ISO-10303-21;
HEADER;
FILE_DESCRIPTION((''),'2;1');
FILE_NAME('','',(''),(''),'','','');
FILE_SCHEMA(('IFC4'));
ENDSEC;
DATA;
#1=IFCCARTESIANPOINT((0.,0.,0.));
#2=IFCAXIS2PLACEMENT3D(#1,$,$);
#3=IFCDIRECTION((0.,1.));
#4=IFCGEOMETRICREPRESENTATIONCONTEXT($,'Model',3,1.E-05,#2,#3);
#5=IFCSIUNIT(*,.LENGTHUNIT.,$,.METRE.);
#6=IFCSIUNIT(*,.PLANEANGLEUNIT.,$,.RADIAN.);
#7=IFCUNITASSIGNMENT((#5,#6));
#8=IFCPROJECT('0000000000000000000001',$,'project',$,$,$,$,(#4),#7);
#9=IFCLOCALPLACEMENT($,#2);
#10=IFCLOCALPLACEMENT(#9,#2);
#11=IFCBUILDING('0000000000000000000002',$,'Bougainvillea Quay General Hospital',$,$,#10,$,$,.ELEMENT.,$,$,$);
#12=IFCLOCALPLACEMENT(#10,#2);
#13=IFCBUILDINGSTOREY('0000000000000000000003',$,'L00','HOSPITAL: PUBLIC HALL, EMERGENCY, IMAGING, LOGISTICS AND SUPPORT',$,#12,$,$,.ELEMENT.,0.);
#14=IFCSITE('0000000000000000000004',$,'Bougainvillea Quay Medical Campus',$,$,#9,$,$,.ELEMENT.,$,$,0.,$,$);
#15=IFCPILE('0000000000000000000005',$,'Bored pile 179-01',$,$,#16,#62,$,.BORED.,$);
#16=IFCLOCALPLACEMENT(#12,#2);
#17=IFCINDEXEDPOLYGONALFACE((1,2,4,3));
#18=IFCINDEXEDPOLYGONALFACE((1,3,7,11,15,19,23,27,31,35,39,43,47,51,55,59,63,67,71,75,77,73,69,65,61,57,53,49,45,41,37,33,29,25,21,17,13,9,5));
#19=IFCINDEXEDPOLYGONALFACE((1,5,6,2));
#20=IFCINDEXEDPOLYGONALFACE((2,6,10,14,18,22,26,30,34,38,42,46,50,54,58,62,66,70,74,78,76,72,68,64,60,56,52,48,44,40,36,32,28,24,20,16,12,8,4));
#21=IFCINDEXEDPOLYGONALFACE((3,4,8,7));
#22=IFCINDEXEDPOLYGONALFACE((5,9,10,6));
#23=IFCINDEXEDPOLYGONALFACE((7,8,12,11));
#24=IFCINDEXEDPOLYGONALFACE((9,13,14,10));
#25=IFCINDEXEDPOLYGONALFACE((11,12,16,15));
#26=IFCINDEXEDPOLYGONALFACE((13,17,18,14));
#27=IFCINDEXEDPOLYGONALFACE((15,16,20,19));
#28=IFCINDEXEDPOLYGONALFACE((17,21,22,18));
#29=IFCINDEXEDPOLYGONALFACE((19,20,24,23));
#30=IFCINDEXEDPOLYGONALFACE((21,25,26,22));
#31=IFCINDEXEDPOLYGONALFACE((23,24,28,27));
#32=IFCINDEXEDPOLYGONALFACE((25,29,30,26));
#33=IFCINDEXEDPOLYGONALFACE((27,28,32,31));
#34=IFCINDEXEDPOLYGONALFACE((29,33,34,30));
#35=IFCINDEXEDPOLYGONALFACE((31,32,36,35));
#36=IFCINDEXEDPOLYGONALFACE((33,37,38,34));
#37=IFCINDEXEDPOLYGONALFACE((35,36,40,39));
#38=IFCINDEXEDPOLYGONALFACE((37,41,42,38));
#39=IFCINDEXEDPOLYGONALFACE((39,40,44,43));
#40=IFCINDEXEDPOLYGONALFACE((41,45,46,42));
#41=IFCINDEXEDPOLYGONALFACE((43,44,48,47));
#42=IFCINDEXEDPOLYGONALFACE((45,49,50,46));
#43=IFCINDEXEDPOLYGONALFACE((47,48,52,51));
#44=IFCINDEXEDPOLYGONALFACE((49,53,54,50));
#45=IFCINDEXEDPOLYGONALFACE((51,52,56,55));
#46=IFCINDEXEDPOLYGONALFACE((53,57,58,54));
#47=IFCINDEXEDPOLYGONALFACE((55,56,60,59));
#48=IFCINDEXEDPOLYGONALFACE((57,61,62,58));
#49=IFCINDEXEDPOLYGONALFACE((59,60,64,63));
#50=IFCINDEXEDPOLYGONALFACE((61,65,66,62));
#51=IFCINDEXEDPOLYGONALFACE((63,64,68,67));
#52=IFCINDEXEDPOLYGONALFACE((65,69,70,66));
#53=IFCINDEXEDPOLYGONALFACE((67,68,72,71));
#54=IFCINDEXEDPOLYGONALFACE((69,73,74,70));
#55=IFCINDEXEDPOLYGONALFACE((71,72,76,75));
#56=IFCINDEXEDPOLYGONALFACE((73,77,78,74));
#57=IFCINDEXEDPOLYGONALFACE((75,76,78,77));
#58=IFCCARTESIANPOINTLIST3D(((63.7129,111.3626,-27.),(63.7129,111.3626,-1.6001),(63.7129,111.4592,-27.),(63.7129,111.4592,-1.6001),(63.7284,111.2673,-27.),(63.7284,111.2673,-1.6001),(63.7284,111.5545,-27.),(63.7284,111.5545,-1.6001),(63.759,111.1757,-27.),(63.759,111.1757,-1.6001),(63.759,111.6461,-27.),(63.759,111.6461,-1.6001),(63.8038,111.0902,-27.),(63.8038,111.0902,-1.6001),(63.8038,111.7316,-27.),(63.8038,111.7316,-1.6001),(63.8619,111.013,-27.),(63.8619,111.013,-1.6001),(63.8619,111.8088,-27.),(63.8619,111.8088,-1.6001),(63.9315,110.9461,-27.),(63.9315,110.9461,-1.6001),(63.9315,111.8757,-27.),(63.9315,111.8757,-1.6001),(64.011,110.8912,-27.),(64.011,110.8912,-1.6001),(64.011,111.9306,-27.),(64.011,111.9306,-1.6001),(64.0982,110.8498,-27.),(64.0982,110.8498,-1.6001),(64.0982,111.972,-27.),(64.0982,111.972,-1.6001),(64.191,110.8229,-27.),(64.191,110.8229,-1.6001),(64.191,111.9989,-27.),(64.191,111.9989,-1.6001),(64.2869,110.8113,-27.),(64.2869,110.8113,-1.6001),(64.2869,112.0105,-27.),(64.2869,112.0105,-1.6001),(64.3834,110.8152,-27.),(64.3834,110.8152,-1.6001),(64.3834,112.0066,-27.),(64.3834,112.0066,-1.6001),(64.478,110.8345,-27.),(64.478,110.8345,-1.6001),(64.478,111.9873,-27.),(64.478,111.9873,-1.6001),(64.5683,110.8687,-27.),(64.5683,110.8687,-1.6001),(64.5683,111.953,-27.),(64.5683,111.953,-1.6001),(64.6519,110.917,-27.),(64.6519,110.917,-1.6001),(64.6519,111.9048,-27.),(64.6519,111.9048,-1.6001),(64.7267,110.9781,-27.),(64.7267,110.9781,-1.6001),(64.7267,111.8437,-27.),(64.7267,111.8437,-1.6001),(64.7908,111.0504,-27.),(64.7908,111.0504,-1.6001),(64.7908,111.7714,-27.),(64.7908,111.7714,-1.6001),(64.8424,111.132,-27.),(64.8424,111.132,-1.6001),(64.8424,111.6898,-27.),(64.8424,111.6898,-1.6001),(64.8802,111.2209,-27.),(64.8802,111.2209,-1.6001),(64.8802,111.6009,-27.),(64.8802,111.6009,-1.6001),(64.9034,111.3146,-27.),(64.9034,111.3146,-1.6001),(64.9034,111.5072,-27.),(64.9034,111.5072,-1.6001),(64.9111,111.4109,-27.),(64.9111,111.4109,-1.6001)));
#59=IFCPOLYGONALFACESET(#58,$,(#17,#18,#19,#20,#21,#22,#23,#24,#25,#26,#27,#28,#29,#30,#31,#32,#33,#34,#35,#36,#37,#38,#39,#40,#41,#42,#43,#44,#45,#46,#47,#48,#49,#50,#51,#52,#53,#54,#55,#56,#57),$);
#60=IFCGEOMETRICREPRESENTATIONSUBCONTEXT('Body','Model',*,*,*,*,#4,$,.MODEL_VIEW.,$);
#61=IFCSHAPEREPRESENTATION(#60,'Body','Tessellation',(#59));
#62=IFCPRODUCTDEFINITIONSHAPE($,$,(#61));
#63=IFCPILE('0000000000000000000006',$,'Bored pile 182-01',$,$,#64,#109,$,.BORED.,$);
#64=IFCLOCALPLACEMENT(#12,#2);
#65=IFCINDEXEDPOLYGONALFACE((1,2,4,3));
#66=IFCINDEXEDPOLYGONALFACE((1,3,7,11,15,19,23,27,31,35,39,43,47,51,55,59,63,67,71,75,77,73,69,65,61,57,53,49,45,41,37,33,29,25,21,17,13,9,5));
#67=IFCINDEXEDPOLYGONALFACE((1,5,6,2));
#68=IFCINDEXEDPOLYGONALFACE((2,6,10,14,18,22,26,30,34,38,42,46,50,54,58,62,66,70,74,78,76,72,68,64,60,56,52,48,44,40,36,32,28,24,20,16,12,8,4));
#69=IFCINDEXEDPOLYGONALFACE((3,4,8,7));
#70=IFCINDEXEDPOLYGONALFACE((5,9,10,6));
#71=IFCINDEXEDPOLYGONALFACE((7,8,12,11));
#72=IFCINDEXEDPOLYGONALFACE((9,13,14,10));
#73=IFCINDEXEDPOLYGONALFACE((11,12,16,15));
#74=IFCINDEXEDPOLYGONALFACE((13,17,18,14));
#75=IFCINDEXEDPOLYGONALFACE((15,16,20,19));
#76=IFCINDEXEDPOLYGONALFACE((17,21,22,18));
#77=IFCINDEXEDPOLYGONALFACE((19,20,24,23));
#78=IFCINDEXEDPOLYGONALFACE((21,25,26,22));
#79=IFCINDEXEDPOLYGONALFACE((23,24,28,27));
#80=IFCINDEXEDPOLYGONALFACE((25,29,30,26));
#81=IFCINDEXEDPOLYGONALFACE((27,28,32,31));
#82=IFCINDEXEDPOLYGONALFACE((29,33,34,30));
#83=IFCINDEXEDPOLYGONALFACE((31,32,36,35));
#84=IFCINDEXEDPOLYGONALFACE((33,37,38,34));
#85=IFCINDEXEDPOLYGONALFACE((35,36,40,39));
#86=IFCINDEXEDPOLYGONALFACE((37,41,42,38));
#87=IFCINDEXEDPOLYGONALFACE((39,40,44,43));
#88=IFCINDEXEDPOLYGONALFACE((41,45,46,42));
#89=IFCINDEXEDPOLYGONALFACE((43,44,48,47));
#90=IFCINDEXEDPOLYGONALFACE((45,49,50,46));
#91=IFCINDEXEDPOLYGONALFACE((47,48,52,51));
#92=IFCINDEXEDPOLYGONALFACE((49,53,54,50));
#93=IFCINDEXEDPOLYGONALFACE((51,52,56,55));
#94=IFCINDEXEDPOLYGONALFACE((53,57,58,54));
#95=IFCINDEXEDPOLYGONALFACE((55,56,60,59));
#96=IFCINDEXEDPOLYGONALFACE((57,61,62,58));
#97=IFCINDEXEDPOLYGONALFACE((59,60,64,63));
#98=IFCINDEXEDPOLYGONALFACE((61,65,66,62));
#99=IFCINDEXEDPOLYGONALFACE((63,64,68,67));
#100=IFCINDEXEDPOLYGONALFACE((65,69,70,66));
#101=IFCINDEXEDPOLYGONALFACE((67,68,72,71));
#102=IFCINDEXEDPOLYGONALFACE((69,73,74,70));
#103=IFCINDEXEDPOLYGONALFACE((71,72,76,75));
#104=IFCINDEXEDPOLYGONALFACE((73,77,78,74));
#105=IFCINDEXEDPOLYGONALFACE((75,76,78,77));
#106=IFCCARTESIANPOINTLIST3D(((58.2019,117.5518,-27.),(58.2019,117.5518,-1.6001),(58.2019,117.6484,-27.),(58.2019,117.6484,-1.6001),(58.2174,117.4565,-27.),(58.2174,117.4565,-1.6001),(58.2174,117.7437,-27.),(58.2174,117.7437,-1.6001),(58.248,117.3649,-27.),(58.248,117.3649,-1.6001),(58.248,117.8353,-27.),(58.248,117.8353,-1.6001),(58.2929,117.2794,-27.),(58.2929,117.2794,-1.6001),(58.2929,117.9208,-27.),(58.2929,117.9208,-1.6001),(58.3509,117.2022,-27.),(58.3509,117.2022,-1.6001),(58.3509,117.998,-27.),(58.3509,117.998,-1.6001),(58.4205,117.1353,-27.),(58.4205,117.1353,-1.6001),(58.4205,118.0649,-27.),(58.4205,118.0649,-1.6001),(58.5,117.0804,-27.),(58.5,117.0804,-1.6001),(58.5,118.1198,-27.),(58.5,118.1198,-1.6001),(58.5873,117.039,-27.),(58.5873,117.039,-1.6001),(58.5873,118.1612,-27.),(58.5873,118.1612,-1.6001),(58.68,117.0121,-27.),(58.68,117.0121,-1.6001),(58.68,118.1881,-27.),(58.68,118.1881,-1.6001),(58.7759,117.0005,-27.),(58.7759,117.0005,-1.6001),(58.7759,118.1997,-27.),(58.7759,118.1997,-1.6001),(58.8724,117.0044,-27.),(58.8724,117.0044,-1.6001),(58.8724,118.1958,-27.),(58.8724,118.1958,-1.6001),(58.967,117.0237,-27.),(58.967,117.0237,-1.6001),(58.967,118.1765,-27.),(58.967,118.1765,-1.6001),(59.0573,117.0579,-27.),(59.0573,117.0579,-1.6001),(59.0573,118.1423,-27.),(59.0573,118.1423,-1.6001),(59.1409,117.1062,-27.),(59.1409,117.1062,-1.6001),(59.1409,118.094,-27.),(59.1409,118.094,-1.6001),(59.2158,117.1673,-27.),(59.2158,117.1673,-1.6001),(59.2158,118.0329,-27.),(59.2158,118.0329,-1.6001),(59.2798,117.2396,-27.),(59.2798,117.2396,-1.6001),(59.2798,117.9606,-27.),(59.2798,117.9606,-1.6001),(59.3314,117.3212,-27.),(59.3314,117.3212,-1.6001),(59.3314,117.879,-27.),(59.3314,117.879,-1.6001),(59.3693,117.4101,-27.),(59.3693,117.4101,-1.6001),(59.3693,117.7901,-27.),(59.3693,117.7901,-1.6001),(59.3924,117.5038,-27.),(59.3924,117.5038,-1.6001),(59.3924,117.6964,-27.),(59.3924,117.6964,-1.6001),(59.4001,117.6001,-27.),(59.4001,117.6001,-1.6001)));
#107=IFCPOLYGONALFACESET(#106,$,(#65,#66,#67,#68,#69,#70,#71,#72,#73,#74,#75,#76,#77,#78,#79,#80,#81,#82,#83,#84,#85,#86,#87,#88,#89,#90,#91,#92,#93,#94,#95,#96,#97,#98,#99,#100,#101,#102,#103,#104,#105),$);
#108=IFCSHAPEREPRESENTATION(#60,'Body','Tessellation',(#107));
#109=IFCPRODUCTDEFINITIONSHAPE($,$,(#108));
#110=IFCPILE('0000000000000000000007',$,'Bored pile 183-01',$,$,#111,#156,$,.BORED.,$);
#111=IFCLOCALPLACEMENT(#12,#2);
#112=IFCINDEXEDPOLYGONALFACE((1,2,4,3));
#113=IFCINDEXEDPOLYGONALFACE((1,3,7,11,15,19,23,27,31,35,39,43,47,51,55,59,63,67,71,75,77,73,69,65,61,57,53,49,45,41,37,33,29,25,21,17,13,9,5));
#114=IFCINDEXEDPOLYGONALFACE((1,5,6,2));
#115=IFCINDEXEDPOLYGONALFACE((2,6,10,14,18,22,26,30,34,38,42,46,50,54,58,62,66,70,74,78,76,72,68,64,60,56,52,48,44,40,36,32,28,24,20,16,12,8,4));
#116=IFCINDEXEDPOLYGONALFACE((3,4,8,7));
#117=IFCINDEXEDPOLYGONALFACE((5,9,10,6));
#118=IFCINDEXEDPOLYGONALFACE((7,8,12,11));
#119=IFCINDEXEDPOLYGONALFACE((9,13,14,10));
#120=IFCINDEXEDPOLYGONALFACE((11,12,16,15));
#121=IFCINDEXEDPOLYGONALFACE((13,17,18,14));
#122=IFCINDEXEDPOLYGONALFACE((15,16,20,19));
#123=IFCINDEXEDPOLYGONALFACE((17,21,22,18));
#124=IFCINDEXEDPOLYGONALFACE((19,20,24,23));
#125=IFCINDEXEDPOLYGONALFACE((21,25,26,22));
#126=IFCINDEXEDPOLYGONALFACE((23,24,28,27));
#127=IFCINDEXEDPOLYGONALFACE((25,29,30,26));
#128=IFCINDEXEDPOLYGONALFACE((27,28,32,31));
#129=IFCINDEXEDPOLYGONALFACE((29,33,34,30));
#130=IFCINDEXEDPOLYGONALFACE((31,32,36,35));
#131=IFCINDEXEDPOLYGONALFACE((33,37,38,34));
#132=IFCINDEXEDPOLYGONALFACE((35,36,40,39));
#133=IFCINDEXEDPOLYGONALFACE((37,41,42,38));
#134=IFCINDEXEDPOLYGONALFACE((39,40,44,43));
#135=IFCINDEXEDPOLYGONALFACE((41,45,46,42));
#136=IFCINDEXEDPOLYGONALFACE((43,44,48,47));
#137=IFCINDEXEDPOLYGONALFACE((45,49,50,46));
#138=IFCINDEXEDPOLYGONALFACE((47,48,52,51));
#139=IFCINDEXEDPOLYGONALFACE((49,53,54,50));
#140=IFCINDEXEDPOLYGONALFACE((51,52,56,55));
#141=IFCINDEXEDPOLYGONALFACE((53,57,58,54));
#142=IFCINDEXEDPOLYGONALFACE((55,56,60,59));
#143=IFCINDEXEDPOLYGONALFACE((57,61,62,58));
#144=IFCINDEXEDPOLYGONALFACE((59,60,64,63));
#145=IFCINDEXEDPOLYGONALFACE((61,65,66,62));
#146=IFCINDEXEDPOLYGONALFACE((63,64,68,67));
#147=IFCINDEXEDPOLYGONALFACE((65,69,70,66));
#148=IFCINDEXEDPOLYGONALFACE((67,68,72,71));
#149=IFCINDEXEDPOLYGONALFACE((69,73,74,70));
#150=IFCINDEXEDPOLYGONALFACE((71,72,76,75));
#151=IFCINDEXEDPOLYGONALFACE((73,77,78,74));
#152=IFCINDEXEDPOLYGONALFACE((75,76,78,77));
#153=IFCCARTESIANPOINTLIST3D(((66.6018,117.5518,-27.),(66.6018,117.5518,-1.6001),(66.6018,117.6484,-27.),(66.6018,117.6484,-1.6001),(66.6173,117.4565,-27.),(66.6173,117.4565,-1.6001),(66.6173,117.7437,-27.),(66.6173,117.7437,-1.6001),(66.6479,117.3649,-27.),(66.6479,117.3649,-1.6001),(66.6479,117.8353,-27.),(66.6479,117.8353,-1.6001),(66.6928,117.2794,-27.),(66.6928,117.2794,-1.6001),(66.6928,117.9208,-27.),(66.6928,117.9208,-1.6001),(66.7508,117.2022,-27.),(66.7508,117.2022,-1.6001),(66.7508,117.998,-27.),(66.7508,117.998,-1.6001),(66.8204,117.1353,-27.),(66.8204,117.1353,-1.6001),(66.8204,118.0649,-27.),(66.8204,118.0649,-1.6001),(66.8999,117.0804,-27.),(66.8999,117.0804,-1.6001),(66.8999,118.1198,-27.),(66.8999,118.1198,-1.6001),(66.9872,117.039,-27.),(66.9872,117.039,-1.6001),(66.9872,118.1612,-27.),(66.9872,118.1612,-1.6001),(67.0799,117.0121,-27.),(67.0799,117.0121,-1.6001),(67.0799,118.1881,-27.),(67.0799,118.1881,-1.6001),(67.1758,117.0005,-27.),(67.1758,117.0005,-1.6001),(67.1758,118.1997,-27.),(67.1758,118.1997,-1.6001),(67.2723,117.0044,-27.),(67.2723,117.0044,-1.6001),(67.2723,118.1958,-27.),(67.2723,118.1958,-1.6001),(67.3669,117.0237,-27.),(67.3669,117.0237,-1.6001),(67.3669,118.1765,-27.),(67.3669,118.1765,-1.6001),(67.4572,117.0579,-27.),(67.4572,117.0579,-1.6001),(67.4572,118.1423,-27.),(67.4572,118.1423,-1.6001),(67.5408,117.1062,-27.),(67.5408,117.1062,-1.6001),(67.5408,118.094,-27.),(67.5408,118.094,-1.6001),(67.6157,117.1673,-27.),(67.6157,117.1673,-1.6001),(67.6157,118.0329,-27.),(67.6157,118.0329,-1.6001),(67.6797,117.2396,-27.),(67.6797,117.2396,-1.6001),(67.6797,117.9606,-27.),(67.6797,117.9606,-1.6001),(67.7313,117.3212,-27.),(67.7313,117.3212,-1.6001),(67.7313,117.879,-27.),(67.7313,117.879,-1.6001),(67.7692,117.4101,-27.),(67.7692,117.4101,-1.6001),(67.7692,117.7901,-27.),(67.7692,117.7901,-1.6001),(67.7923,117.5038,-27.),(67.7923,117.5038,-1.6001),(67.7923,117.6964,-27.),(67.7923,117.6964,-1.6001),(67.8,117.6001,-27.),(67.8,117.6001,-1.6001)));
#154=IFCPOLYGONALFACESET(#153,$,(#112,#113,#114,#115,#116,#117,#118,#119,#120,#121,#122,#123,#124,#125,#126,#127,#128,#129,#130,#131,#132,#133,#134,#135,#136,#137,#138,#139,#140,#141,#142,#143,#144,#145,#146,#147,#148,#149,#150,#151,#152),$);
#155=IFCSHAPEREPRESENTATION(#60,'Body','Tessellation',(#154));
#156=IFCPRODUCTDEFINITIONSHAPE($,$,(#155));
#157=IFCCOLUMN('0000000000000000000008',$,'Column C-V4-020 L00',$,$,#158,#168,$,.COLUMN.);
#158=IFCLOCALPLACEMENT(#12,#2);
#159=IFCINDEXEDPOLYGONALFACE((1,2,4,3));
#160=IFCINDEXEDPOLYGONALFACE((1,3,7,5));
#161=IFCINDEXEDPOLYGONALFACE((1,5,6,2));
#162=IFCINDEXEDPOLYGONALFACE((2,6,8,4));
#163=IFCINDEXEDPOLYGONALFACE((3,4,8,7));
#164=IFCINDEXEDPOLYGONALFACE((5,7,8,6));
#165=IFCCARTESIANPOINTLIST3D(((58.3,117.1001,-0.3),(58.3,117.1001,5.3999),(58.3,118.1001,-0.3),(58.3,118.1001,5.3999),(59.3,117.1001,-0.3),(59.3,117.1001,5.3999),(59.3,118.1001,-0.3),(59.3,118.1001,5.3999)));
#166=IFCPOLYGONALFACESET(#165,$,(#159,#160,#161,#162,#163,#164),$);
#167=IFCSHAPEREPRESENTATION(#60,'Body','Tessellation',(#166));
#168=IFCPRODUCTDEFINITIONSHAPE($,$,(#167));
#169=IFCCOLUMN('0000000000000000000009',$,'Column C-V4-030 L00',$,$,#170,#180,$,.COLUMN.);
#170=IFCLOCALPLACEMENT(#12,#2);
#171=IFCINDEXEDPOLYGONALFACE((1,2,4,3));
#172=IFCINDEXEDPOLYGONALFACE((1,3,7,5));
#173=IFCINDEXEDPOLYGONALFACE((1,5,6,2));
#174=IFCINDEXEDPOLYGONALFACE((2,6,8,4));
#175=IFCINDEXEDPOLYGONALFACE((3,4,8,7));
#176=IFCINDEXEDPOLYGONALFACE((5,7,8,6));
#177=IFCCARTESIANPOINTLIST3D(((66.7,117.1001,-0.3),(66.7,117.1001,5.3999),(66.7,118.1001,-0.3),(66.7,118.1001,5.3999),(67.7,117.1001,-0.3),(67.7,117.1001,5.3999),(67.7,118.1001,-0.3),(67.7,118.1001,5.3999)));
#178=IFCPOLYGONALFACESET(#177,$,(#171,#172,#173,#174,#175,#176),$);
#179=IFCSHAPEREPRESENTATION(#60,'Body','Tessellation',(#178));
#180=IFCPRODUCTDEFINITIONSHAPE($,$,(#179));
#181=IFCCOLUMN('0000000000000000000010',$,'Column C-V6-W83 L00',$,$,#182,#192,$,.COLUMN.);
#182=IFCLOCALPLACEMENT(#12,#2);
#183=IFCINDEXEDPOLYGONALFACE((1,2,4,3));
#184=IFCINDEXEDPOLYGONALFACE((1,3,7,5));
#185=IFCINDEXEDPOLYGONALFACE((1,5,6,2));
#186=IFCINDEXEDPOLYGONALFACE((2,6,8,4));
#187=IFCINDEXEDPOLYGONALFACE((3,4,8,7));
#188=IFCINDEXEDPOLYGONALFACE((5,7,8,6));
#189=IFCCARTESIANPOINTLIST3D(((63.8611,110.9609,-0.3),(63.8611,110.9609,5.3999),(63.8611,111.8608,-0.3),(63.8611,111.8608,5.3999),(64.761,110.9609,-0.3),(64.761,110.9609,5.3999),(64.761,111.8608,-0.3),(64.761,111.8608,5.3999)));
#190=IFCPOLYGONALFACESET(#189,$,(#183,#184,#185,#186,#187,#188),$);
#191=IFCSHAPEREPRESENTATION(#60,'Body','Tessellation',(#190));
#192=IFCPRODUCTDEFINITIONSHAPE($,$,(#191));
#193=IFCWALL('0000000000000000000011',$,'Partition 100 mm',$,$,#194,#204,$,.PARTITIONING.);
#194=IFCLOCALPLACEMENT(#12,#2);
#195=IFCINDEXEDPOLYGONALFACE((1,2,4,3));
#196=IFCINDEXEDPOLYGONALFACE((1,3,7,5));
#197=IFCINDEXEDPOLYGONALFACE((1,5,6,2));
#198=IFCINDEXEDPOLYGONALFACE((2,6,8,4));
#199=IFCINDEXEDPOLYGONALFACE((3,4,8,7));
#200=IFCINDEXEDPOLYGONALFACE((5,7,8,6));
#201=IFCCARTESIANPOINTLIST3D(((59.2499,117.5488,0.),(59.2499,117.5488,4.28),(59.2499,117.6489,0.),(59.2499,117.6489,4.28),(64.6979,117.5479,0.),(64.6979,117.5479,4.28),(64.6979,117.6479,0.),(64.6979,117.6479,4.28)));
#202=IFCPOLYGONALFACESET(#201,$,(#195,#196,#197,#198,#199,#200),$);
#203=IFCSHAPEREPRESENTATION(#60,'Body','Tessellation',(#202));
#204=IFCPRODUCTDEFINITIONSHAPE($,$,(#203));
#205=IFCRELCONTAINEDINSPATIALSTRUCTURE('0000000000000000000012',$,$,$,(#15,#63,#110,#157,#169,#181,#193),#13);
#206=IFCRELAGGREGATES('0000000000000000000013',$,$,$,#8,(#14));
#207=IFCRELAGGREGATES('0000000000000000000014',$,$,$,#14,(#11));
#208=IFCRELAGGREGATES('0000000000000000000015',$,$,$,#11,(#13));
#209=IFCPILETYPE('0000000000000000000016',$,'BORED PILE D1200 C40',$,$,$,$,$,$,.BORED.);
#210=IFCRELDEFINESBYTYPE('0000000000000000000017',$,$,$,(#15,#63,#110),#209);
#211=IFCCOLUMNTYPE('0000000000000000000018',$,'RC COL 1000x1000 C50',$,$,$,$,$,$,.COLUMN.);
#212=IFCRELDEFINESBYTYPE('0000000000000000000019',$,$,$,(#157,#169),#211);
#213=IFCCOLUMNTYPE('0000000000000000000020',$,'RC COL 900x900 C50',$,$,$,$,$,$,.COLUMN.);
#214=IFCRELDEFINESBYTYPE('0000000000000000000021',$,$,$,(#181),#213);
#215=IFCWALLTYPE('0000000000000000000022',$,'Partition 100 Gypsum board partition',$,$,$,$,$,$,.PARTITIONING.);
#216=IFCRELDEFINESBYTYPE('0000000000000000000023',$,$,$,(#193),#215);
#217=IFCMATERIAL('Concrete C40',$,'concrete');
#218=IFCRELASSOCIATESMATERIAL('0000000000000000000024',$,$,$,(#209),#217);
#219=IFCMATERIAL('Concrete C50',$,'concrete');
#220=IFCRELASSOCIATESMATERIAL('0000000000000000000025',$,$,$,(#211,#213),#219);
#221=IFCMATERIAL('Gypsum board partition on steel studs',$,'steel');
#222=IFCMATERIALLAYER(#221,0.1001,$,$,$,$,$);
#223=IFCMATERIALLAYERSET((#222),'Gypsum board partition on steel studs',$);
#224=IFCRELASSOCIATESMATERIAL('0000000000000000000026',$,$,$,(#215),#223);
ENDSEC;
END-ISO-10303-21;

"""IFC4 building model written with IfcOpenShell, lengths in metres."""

from ifc_helpers import new_model, si_unit, direction, frame, frame_2d, origin, origin_2d, place, context, subcontext, project, spatial, rectangle, circle, extrude, material, layer, layer_set, material_profile, profile_set, type_object, element, save


model = new_model("IFC4")

# Units and contexts
model_context = context("Model", 3, precision=1e-05, world=origin(), true_north=direction((0.0, 1.0)))
body_context = subcontext(model_context, "Body", "Model", "MODEL_VIEW")
ifc_project = project(units=[si_unit("LENGTHUNIT", "METRE"), si_unit("PLANEANGLEUNIT", "RADIAN")], contexts=[model_context])

# Site, building, storey
site_placement = place(None, origin())
site = spatial("IfcSite", under=ifc_project, at=site_placement, Name="Bougainvillea Quay Medical Campus", CompositionType="ELEMENT", RefElevation=0.0)
building_placement = place(site_placement, origin())
building = spatial("IfcBuilding", under=site, at=building_placement, Name="Bougainvillea Quay General Hospital", CompositionType="ELEMENT")
storey_placement = place(building_placement, origin())
storey = spatial("IfcBuildingStorey", under=building, at=storey_placement, Name="L00", Description="HOSPITAL: PUBLIC HALL, EMERGENCY, IMAGING, LOGISTICS AND SUPPORT", CompositionType="ELEMENT", Elevation=0.0)

# Piles
ifc_material_1 = material(Name="Concrete C40", Category="concrete")
ifc_material_profile_1 = material_profile(ifc_material_1, circle(Radius=0.6001, at=origin_2d()))
ifc_profile_set_1 = profile_set([ifc_material_profile_1], Name="Concrete C40")
pile_type = type_object("IfcPileType", Name="BORED PILE D1200 C40", PredefinedType="BORED", material=ifc_profile_set_1)
for number, where, z_axis, x_axis, name in (
    (1, (64.311, 111.4109, -1.6001), (0.0, 0.0, -1.0), (1.0, 0.0, 0.0), "Bored pile 179-01"),
    (2, (58.8, 117.6001, -1.6001), (0.0, 0.0, -1.0), (1.0, 0.0, 0.0), "Bored pile 182-01"),
    (3, (67.2, 117.6001, -1.6001), (0.0, 0.0, -1.0), (1.0, 0.0, 0.0), "Bored pile 183-01"),
):
    element("IfcPile", number, at=place(storey_placement, frame(where, z_axis=z_axis, x_axis=x_axis)), inside=storey, type_object=pile_type, Name=name, PredefinedType="BORED", context=body_context, shape_type="SweptSolid", body=[
        extrude(circle(Radius=0.6001, at=origin_2d()), origin(), (0.0, 0.0, 1.0), 25.3999),
    ])

# Columns
ifc_material_2 = material(Name="Concrete C50", Category="concrete")
ifc_material_profile_2 = material_profile(ifc_material_2, rectangle(XDim=1.0, YDim=1.0, at=origin_2d()))
ifc_profile_set_2 = profile_set([ifc_material_profile_2], Name="Concrete C50")
column_type_1 = type_object("IfcColumnType", Name="RC COL 1000x1000 C50", PredefinedType="COLUMN", material=ifc_profile_set_2)
for number, where, z_axis, x_axis, name in (
    (4, (58.8, 117.6001, -0.3), (0.0, 0.0, 1.0), (1.0, 0.0, 0.0), "Column C-V4-020 L00"),
    (5, (67.2, 117.6001, -0.3), (0.0, 0.0, 1.0), (1.0, 0.0, 0.0), "Column C-V4-030 L00"),
):
    element("IfcColumn", number, at=place(storey_placement, frame(where, z_axis=z_axis, x_axis=x_axis)), inside=storey, type_object=column_type_1, Name=name, PredefinedType="COLUMN", context=body_context, shape_type="SweptSolid", body=[
        extrude(rectangle(XDim=1.0, YDim=1.0, at=origin_2d()), origin(), (0.0, 0.0, 1.0), 5.7),
    ])
ifc_material_profile_3 = material_profile(ifc_material_2, rectangle(XDim=0.8999, YDim=0.8999, at=origin_2d()))
ifc_profile_set_3 = profile_set([ifc_material_profile_3], Name="Concrete C50")
column_type_2 = type_object("IfcColumnType", Name="RC COL 900x900 C50", PredefinedType="COLUMN", material=ifc_profile_set_3)
column_placement = place(storey_placement, frame((64.311, 111.4109, -0.3), z_axis=(0.0, 0.0, 1.0), x_axis=(1.0, 0.0, 0.0)))
element("IfcColumn", 6, at=column_placement, inside=storey, type_object=column_type_2, Name="Column C-V6-W83 L00", PredefinedType="COLUMN", context=body_context, shape_type="SweptSolid", body=[
    extrude(rectangle(XDim=0.8999, YDim=0.8999, at=origin_2d()), origin(), (0.0, 0.0, 1.0), 5.7),
])

# Wall
ifc_material_3 = material(Name="Gypsum board partition on steel studs", Category="steel")
ifc_layer_1 = layer(ifc_material_3, 0.1001)
ifc_layer_set_1 = layer_set([ifc_layer_1], Name="Gypsum board partition on steel studs")
wall_type_1 = type_object("IfcWallType", Name="Partition 100 Gypsum board partition", PredefinedType="PARTITIONING", material=ifc_layer_set_1)
wall_1_placement = place(storey_placement, frame((64.698, 117.5979, 0.0), z_axis=(0.0, 0.0, 1.0), x_axis=(-1.0, 0.000179, 0.0)))
element("IfcWall", 7, at=wall_1_placement, inside=storey, type_object=wall_type_1, Name="Partition 100 mm", PredefinedType="PARTITIONING", context=body_context, shape_type="SweptSolid", body=[
    extrude(rectangle(XDim=5.448, YDim=0.1001, at=frame_2d((2.7241, 0.0))), origin(), (0.0, 0.0, 1.0), 4.28),
])

save(model, "model.ifc")
